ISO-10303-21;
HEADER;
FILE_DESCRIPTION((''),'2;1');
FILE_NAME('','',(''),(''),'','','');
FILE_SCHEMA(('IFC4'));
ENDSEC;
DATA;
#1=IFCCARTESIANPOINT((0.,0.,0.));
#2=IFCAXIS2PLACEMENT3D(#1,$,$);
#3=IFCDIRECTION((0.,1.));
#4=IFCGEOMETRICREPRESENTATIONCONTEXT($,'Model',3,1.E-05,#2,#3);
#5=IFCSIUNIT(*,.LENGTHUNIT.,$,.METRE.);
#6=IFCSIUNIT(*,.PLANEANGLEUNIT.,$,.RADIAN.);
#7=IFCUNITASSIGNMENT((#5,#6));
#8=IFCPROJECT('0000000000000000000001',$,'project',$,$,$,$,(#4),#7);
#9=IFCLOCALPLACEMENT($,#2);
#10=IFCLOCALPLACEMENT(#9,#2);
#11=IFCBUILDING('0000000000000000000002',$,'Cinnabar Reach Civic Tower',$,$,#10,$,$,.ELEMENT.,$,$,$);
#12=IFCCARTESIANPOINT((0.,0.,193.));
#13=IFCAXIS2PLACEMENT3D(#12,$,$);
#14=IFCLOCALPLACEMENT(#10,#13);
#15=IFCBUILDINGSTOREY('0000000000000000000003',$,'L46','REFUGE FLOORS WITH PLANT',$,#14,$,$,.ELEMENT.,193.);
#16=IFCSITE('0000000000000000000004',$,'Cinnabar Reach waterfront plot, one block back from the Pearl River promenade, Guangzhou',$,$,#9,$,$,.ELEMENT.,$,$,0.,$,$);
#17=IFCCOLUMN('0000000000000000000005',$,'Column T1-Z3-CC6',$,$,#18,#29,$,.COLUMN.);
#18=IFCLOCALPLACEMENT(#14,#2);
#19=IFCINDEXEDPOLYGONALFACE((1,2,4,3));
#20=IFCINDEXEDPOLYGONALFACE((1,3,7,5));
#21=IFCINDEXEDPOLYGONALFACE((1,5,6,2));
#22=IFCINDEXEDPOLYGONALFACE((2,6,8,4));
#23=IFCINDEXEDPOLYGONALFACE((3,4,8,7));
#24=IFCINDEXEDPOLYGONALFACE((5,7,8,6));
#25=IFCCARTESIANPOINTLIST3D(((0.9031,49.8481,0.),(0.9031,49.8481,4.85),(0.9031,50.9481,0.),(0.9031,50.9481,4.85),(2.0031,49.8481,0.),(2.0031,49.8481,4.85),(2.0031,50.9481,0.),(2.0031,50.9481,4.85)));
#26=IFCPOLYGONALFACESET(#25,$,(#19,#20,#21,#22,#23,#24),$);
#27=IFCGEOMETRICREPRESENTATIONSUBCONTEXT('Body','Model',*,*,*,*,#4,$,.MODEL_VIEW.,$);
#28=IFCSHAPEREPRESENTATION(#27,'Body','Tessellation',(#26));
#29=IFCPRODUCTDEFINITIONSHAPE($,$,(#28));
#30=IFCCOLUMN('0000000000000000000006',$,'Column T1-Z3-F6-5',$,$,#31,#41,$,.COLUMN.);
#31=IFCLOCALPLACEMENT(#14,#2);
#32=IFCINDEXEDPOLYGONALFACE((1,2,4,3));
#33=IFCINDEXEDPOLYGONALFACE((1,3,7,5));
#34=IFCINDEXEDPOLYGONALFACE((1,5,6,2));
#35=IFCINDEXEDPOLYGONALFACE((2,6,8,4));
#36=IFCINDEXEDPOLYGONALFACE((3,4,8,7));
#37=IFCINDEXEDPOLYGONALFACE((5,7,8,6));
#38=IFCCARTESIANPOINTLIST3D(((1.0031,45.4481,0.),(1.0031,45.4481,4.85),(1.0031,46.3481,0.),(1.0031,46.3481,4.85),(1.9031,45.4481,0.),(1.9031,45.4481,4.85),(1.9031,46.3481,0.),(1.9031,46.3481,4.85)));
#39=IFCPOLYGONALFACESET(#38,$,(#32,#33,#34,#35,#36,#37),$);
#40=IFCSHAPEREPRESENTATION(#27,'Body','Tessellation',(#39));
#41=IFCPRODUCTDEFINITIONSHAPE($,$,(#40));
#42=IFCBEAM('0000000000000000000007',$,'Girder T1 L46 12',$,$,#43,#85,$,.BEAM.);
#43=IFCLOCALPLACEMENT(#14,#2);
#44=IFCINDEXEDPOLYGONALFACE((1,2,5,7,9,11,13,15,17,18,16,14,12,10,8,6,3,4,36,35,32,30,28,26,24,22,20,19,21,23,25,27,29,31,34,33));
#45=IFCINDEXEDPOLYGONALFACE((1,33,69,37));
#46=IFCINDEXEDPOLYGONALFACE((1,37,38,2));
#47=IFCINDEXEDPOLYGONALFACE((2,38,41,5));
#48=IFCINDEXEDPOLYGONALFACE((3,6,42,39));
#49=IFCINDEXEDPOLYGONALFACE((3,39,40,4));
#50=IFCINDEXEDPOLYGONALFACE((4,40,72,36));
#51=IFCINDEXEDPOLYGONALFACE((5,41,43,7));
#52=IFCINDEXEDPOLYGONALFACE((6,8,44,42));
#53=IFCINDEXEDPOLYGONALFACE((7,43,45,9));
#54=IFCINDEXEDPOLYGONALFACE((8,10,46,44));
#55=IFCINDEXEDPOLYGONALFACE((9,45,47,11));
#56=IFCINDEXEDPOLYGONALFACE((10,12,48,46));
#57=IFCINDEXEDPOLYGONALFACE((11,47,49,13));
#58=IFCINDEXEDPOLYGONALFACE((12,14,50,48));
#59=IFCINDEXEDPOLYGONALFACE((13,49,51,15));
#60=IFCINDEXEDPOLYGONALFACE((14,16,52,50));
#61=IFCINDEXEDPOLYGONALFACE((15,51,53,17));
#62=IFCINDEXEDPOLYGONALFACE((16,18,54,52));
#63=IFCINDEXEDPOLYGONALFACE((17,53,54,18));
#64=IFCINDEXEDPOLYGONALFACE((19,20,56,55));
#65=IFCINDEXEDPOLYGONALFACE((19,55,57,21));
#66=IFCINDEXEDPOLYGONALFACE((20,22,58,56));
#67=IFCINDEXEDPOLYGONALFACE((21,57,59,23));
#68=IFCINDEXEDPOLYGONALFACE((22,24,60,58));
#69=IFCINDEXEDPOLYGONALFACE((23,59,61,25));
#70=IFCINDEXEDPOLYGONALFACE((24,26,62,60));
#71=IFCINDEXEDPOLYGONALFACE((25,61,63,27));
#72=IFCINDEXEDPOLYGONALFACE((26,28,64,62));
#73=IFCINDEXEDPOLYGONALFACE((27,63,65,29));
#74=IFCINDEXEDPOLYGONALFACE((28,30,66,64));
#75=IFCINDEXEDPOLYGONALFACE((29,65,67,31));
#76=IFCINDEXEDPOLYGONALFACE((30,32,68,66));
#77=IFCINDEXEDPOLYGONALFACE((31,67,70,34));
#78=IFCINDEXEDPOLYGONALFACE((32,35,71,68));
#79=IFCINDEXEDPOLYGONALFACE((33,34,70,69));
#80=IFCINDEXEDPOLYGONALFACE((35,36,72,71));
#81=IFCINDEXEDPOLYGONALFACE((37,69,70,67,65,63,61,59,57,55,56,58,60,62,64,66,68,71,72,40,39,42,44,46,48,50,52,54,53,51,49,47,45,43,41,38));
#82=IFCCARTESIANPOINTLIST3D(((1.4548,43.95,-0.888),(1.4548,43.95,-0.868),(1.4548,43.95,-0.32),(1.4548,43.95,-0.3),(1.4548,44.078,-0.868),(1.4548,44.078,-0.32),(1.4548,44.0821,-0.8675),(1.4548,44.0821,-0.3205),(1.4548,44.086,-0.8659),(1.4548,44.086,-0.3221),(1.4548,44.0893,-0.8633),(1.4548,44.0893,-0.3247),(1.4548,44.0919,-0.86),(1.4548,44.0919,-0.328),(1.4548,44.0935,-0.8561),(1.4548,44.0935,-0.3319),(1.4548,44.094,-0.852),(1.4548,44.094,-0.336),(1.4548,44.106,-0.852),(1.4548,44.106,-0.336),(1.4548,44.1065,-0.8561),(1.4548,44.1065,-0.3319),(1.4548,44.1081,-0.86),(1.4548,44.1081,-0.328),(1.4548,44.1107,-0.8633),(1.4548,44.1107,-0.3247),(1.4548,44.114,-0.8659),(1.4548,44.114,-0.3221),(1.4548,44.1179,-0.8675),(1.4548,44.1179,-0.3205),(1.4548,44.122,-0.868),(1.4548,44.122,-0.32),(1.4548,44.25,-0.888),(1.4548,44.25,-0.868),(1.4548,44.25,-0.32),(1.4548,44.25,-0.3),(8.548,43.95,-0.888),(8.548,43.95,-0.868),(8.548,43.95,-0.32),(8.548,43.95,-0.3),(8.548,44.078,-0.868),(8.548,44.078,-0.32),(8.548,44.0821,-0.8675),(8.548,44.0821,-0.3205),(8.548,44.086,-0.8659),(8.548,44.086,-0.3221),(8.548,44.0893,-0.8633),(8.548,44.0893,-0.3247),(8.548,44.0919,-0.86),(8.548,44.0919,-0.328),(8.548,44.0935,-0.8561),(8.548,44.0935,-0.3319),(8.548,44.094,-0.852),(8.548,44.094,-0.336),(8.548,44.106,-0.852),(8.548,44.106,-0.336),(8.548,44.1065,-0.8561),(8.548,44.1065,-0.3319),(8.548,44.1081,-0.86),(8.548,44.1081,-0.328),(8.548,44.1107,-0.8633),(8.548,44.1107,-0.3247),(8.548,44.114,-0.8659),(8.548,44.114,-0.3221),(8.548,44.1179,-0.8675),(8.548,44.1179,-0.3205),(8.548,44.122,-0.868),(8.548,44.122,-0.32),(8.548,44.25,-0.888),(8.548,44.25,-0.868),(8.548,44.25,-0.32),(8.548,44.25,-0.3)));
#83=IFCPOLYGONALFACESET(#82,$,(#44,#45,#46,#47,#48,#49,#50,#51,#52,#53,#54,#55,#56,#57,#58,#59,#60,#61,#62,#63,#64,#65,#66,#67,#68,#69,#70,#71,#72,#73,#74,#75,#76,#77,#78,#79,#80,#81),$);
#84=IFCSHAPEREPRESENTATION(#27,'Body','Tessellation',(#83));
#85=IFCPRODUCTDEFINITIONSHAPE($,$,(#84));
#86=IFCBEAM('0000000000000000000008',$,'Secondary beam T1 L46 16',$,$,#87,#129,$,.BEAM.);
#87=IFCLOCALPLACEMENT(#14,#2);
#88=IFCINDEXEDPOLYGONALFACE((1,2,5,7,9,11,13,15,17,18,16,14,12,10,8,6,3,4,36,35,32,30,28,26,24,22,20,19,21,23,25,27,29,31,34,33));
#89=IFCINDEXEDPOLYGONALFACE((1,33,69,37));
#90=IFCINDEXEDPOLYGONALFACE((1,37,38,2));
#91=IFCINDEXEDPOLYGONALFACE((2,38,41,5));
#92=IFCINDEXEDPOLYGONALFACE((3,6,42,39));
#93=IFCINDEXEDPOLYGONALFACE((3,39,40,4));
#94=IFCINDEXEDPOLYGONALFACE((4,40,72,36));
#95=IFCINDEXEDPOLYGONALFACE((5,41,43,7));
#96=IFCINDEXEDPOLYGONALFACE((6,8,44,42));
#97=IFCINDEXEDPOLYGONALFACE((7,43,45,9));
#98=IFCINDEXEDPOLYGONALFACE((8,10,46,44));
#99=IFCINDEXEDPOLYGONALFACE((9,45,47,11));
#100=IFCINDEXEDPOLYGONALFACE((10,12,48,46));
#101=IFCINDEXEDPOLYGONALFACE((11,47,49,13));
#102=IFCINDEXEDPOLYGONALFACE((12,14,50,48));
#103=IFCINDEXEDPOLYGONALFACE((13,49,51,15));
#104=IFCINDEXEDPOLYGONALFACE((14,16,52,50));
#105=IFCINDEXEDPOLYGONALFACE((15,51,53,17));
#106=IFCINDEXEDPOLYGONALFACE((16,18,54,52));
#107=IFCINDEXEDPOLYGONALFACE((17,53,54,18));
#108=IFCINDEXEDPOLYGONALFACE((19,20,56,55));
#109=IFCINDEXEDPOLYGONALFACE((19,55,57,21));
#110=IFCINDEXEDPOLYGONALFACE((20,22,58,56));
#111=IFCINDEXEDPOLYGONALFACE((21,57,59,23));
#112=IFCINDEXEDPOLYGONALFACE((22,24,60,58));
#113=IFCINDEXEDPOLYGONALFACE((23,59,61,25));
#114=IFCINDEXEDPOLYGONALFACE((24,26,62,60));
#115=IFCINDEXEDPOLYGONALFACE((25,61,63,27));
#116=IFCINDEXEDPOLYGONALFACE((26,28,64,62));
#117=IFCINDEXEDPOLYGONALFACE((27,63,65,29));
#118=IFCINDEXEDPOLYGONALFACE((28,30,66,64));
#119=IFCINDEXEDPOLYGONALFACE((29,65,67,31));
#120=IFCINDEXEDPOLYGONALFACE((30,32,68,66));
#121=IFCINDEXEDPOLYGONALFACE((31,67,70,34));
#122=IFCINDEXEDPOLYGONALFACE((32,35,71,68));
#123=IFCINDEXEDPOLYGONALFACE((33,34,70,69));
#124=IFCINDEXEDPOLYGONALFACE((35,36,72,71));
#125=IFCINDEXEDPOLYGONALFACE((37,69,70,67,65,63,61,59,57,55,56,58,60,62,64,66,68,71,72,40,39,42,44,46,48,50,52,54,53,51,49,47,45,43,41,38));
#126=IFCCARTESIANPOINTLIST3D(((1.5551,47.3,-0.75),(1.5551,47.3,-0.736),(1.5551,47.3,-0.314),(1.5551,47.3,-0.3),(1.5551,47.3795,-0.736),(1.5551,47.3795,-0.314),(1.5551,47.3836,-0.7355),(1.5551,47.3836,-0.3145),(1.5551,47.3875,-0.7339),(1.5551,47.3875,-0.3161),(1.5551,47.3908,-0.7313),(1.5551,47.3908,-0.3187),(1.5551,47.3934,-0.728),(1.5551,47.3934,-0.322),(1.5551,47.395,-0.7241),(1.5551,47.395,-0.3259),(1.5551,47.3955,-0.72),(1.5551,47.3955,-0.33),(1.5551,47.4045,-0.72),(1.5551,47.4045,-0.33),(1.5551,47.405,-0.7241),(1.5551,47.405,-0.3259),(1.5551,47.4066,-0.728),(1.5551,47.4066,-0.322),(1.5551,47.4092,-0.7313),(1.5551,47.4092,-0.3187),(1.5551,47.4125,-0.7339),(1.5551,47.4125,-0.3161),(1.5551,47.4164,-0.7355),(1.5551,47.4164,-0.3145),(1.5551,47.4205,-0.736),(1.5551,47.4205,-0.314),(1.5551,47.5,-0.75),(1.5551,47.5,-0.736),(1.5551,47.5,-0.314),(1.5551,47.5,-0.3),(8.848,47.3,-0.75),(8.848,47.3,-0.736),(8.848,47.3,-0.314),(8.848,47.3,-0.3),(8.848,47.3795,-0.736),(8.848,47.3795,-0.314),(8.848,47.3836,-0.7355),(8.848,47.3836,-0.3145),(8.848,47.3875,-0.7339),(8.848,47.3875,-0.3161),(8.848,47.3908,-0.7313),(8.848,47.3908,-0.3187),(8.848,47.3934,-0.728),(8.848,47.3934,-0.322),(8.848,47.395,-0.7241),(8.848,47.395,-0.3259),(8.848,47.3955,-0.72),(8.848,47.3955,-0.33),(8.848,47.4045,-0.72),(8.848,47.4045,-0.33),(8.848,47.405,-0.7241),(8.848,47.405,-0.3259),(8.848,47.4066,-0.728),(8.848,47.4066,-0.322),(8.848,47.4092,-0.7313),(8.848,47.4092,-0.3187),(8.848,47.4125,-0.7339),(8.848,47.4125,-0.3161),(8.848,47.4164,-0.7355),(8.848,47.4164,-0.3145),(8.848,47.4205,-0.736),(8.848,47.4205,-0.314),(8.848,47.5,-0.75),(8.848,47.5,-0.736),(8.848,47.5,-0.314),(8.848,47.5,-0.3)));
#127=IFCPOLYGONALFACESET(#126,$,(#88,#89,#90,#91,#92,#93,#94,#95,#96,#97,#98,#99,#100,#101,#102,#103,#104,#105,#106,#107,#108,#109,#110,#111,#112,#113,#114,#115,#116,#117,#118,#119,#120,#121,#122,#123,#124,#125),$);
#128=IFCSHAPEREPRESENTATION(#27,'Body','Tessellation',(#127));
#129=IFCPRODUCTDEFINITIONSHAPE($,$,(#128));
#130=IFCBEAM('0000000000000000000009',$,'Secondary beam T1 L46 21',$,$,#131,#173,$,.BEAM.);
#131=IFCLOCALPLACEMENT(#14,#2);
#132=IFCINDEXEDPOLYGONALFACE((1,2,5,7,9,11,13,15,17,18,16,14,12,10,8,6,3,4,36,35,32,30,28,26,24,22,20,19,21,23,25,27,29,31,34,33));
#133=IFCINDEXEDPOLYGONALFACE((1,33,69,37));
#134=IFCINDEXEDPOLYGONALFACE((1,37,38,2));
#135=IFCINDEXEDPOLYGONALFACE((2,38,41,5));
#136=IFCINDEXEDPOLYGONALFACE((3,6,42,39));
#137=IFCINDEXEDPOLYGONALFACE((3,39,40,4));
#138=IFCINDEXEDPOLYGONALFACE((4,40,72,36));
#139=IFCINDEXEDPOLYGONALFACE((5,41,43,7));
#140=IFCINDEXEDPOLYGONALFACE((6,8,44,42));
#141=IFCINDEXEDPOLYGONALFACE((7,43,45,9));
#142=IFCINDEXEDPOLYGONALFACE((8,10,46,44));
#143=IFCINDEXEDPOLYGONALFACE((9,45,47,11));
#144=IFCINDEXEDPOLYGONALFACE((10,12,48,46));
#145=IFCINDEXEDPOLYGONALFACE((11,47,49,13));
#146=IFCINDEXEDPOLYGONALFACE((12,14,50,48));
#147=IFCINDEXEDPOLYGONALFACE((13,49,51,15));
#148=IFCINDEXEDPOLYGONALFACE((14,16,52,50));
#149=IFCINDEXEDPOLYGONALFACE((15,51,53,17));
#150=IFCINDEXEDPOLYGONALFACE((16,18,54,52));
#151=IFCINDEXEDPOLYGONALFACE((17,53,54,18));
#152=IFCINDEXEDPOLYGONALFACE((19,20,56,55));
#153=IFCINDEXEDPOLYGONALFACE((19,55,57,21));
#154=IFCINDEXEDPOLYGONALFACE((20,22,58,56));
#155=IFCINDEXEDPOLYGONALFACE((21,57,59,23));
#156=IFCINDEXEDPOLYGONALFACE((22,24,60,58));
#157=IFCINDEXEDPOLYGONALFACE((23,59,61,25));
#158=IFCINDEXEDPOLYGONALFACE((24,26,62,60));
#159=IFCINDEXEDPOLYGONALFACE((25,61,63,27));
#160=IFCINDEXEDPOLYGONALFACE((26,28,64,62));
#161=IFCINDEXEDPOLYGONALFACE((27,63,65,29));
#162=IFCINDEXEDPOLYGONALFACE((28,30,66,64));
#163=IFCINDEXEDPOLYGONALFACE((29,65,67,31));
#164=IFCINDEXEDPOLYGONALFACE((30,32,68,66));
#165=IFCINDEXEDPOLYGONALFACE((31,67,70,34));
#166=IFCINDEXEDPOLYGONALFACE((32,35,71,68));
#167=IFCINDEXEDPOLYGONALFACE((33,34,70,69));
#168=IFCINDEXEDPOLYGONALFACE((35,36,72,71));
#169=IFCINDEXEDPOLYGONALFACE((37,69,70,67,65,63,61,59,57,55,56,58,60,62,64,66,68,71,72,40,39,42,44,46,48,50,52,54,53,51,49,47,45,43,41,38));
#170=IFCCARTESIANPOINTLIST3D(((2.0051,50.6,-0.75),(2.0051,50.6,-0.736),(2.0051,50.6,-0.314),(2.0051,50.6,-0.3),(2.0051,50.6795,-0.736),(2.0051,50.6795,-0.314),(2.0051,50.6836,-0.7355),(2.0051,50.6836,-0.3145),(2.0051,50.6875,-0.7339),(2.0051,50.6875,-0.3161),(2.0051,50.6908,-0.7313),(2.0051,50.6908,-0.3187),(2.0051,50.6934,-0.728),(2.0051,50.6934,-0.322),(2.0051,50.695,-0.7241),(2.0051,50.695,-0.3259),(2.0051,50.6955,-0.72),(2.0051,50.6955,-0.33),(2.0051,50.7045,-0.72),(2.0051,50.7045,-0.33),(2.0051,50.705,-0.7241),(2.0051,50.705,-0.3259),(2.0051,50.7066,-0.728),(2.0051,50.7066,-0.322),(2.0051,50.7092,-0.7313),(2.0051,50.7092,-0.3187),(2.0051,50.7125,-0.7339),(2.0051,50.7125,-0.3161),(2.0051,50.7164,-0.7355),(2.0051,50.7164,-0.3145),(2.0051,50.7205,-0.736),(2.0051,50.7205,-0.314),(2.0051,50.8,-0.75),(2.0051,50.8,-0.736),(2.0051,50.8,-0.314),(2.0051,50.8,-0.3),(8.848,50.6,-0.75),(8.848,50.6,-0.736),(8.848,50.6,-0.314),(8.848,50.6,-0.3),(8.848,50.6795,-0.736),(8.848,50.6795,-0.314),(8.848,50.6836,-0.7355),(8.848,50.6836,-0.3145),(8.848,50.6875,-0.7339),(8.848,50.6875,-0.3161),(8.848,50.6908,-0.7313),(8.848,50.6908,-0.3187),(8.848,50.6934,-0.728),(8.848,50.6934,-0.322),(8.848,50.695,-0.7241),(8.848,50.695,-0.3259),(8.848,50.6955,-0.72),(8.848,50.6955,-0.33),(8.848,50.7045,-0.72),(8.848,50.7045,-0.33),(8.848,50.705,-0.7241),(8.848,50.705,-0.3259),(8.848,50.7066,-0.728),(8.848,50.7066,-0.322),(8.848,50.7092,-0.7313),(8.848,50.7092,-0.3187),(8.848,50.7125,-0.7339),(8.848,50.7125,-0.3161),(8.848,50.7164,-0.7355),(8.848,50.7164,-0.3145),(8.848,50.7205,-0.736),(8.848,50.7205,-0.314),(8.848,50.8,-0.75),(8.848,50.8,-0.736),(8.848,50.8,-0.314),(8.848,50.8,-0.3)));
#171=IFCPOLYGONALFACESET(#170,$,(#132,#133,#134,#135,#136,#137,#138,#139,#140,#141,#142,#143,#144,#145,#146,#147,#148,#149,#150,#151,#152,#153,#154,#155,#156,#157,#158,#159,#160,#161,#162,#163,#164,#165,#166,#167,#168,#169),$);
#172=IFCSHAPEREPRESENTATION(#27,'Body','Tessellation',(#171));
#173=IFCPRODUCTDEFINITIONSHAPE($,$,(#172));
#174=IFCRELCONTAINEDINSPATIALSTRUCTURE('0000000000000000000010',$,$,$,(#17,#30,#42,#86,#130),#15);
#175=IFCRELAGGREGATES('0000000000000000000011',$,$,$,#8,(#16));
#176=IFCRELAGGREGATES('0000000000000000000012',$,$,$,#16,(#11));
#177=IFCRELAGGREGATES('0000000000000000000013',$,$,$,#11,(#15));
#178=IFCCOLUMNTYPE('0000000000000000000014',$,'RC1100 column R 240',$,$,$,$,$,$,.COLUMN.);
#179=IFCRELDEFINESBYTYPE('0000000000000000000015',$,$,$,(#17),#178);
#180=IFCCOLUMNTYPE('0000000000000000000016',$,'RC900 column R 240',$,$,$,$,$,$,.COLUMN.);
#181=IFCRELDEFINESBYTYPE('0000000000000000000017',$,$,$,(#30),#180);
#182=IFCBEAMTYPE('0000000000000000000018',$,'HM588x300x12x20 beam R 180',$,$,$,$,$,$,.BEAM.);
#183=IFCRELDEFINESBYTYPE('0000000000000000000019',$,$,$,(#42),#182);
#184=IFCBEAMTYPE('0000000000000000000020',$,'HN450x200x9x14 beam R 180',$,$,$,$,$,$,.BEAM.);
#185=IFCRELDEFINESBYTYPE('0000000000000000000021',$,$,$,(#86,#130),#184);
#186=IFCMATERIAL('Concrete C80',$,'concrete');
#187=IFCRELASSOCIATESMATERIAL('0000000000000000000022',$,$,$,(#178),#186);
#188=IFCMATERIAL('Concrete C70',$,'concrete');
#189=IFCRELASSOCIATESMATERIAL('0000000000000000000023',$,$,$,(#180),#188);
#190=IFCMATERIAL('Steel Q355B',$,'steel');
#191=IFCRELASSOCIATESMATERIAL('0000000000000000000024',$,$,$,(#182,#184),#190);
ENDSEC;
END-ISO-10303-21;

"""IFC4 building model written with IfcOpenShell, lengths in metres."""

from ifc_helpers import new_model, si_unit, direction, frame, origin, origin_2d, place, context, subcontext, project, spatial, rectangle, i_section, extrude, material, material_profile, profile_set, type_object, element, save


model = new_model("IFC4")

# Units and contexts
model_context = context("Model", 3, precision=1e-05, world=origin(), true_north=direction((0.0, 1.0)))
body_context = subcontext(model_context, "Body", "Model", "MODEL_VIEW")
ifc_project = project(units=[si_unit("LENGTHUNIT", "METRE"), si_unit("PLANEANGLEUNIT", "RADIAN")], contexts=[model_context])

# Site, building, storey
site_placement = place(None, origin())
site = spatial("IfcSite", under=ifc_project, at=site_placement, Name="Cinnabar Reach waterfront plot, one block back from the Pearl River promenade, Guangzhou", CompositionType="ELEMENT", RefElevation=0.0)
building_placement = place(site_placement, origin())
building = spatial("IfcBuilding", under=site, at=building_placement, Name="Cinnabar Reach Civic Tower", CompositionType="ELEMENT")
storey_placement = place(building_placement, frame((0.0, 0.0, 193.0)))
storey = spatial("IfcBuildingStorey", under=building, at=storey_placement, Name="L46", Description="REFUGE FLOORS WITH PLANT", CompositionType="ELEMENT", Elevation=193.0)

# Columns
ifc_material_1 = material(Name="Concrete C80", Category="concrete")
ifc_material_profile_1 = material_profile(ifc_material_1, rectangle(XDim=1.1, YDim=1.1, at=origin_2d()), Name="RC1100")
ifc_profile_set_1 = profile_set([ifc_material_profile_1], Name="Concrete C80")
column_type_1 = type_object("IfcColumnType", Name="RC1100 column R 240", PredefinedType="COLUMN", material=ifc_profile_set_1)
column_1_placement = place(storey_placement, frame((1.4531, 50.3981, 0.0), z_axis=(0.0, 0.0, 1.0), x_axis=(1.0, 0.0, 0.0)))
element("IfcColumn", 1, at=column_1_placement, inside=storey, type_object=column_type_1, Name="Column T1-Z3-CC6", PredefinedType="COLUMN", context=body_context, shape_type="SweptSolid", body=[
    extrude(rectangle(XDim=1.1, YDim=1.1, at=origin_2d()), origin(), (0.0, 0.0, 1.0), 4.85),
])
ifc_material_2 = material(Name="Concrete C70", Category="concrete")
ifc_material_profile_2 = material_profile(ifc_material_2, rectangle(XDim=0.9, YDim=0.9, at=origin_2d()), Name="RC900")
ifc_profile_set_2 = profile_set([ifc_material_profile_2], Name="Concrete C70")
column_type_2 = type_object("IfcColumnType", Name="RC900 column R 240", PredefinedType="COLUMN", material=ifc_profile_set_2)
column_2_placement = place(storey_placement, frame((1.4531, 45.8981, 0.0), z_axis=(0.0, 0.0, 1.0), x_axis=(1.0, 0.0, 0.0)))
element("IfcColumn", 2, at=column_2_placement, inside=storey, type_object=column_type_2, Name="Column T1-Z3-F6-5", PredefinedType="COLUMN", context=body_context, shape_type="SweptSolid", body=[
    extrude(rectangle(XDim=0.9, YDim=0.9, at=origin_2d()), origin(), (0.0, 0.0, 1.0), 4.85),
])

# Beams
ifc_material_3 = material(Name="Steel Q355B", Category="steel")
ifc_material_profile_3 = material_profile(ifc_material_3, i_section(OverallWidth=0.3, OverallDepth=0.588, WebThickness=0.012, FlangeThickness=0.02, FilletRadius=0.016, at=origin_2d()), Name="HM588x300x12x20")
ifc_profile_set_3 = profile_set([ifc_material_profile_3], Name="Steel Q355B")
beam_type_1 = type_object("IfcBeamType", Name="HM588x300x12x20 beam R 180", PredefinedType="BEAM", material=ifc_profile_set_3)
beam_1_placement = place(storey_placement, frame((1.4548, 44.1, -0.594), z_axis=(1.0, 0.0, 0.0), x_axis=(0.0, 1.0, 0.0)))
element("IfcBeam", 3, at=beam_1_placement, inside=storey, type_object=beam_type_1, Name="Girder T1 L46 12", PredefinedType="BEAM", context=body_context, shape_type="SweptSolid", body=[
    extrude(i_section(OverallWidth=0.3, OverallDepth=0.588, WebThickness=0.012, FlangeThickness=0.02, FilletRadius=0.016, at=origin_2d()), origin(), (0.0, 0.0, 1.0), 7.0932),
])
ifc_material_profile_4 = material_profile(ifc_material_3, i_section(OverallWidth=0.2, OverallDepth=0.45, WebThickness=0.009, FlangeThickness=0.014, FilletRadius=0.016, at=origin_2d()), Name="HN450x200x9x14")
ifc_profile_set_4 = profile_set([ifc_material_profile_4], Name="Steel Q355B")
beam_type_2 = type_object("IfcBeamType", Name="HN450x200x9x14 beam R 180", PredefinedType="BEAM", material=ifc_profile_set_4)
beam_2_placement = place(storey_placement, frame((1.5551, 47.4, -0.525), z_axis=(1.0, 0.0, 0.0), x_axis=(0.0, 1.0, 0.0)))
element("IfcBeam", 4, at=beam_2_placement, inside=storey, type_object=beam_type_2, Name="Secondary beam T1 L46 16", PredefinedType="BEAM", context=body_context, shape_type="SweptSolid", body=[
    extrude(i_section(OverallWidth=0.2, OverallDepth=0.45, WebThickness=0.009, FlangeThickness=0.014, FilletRadius=0.016, at=origin_2d()), origin(), (0.0, 0.0, 1.0), 7.2929),
])
beam_3_placement = place(storey_placement, frame((2.0051, 50.7, -0.525), z_axis=(1.0, 0.0, 0.0), x_axis=(0.0, 1.0, 0.0)))
element("IfcBeam", 5, at=beam_3_placement, inside=storey, type_object=beam_type_2, Name="Secondary beam T1 L46 21", PredefinedType="BEAM", context=body_context, shape_type="SweptSolid", body=[
    extrude(i_section(OverallWidth=0.2, OverallDepth=0.45, WebThickness=0.009, FlangeThickness=0.014, FilletRadius=0.016, at=origin_2d()), origin(), (0.0, 0.0, 1.0), 6.8429),
])

save(model, "model.ifc")
